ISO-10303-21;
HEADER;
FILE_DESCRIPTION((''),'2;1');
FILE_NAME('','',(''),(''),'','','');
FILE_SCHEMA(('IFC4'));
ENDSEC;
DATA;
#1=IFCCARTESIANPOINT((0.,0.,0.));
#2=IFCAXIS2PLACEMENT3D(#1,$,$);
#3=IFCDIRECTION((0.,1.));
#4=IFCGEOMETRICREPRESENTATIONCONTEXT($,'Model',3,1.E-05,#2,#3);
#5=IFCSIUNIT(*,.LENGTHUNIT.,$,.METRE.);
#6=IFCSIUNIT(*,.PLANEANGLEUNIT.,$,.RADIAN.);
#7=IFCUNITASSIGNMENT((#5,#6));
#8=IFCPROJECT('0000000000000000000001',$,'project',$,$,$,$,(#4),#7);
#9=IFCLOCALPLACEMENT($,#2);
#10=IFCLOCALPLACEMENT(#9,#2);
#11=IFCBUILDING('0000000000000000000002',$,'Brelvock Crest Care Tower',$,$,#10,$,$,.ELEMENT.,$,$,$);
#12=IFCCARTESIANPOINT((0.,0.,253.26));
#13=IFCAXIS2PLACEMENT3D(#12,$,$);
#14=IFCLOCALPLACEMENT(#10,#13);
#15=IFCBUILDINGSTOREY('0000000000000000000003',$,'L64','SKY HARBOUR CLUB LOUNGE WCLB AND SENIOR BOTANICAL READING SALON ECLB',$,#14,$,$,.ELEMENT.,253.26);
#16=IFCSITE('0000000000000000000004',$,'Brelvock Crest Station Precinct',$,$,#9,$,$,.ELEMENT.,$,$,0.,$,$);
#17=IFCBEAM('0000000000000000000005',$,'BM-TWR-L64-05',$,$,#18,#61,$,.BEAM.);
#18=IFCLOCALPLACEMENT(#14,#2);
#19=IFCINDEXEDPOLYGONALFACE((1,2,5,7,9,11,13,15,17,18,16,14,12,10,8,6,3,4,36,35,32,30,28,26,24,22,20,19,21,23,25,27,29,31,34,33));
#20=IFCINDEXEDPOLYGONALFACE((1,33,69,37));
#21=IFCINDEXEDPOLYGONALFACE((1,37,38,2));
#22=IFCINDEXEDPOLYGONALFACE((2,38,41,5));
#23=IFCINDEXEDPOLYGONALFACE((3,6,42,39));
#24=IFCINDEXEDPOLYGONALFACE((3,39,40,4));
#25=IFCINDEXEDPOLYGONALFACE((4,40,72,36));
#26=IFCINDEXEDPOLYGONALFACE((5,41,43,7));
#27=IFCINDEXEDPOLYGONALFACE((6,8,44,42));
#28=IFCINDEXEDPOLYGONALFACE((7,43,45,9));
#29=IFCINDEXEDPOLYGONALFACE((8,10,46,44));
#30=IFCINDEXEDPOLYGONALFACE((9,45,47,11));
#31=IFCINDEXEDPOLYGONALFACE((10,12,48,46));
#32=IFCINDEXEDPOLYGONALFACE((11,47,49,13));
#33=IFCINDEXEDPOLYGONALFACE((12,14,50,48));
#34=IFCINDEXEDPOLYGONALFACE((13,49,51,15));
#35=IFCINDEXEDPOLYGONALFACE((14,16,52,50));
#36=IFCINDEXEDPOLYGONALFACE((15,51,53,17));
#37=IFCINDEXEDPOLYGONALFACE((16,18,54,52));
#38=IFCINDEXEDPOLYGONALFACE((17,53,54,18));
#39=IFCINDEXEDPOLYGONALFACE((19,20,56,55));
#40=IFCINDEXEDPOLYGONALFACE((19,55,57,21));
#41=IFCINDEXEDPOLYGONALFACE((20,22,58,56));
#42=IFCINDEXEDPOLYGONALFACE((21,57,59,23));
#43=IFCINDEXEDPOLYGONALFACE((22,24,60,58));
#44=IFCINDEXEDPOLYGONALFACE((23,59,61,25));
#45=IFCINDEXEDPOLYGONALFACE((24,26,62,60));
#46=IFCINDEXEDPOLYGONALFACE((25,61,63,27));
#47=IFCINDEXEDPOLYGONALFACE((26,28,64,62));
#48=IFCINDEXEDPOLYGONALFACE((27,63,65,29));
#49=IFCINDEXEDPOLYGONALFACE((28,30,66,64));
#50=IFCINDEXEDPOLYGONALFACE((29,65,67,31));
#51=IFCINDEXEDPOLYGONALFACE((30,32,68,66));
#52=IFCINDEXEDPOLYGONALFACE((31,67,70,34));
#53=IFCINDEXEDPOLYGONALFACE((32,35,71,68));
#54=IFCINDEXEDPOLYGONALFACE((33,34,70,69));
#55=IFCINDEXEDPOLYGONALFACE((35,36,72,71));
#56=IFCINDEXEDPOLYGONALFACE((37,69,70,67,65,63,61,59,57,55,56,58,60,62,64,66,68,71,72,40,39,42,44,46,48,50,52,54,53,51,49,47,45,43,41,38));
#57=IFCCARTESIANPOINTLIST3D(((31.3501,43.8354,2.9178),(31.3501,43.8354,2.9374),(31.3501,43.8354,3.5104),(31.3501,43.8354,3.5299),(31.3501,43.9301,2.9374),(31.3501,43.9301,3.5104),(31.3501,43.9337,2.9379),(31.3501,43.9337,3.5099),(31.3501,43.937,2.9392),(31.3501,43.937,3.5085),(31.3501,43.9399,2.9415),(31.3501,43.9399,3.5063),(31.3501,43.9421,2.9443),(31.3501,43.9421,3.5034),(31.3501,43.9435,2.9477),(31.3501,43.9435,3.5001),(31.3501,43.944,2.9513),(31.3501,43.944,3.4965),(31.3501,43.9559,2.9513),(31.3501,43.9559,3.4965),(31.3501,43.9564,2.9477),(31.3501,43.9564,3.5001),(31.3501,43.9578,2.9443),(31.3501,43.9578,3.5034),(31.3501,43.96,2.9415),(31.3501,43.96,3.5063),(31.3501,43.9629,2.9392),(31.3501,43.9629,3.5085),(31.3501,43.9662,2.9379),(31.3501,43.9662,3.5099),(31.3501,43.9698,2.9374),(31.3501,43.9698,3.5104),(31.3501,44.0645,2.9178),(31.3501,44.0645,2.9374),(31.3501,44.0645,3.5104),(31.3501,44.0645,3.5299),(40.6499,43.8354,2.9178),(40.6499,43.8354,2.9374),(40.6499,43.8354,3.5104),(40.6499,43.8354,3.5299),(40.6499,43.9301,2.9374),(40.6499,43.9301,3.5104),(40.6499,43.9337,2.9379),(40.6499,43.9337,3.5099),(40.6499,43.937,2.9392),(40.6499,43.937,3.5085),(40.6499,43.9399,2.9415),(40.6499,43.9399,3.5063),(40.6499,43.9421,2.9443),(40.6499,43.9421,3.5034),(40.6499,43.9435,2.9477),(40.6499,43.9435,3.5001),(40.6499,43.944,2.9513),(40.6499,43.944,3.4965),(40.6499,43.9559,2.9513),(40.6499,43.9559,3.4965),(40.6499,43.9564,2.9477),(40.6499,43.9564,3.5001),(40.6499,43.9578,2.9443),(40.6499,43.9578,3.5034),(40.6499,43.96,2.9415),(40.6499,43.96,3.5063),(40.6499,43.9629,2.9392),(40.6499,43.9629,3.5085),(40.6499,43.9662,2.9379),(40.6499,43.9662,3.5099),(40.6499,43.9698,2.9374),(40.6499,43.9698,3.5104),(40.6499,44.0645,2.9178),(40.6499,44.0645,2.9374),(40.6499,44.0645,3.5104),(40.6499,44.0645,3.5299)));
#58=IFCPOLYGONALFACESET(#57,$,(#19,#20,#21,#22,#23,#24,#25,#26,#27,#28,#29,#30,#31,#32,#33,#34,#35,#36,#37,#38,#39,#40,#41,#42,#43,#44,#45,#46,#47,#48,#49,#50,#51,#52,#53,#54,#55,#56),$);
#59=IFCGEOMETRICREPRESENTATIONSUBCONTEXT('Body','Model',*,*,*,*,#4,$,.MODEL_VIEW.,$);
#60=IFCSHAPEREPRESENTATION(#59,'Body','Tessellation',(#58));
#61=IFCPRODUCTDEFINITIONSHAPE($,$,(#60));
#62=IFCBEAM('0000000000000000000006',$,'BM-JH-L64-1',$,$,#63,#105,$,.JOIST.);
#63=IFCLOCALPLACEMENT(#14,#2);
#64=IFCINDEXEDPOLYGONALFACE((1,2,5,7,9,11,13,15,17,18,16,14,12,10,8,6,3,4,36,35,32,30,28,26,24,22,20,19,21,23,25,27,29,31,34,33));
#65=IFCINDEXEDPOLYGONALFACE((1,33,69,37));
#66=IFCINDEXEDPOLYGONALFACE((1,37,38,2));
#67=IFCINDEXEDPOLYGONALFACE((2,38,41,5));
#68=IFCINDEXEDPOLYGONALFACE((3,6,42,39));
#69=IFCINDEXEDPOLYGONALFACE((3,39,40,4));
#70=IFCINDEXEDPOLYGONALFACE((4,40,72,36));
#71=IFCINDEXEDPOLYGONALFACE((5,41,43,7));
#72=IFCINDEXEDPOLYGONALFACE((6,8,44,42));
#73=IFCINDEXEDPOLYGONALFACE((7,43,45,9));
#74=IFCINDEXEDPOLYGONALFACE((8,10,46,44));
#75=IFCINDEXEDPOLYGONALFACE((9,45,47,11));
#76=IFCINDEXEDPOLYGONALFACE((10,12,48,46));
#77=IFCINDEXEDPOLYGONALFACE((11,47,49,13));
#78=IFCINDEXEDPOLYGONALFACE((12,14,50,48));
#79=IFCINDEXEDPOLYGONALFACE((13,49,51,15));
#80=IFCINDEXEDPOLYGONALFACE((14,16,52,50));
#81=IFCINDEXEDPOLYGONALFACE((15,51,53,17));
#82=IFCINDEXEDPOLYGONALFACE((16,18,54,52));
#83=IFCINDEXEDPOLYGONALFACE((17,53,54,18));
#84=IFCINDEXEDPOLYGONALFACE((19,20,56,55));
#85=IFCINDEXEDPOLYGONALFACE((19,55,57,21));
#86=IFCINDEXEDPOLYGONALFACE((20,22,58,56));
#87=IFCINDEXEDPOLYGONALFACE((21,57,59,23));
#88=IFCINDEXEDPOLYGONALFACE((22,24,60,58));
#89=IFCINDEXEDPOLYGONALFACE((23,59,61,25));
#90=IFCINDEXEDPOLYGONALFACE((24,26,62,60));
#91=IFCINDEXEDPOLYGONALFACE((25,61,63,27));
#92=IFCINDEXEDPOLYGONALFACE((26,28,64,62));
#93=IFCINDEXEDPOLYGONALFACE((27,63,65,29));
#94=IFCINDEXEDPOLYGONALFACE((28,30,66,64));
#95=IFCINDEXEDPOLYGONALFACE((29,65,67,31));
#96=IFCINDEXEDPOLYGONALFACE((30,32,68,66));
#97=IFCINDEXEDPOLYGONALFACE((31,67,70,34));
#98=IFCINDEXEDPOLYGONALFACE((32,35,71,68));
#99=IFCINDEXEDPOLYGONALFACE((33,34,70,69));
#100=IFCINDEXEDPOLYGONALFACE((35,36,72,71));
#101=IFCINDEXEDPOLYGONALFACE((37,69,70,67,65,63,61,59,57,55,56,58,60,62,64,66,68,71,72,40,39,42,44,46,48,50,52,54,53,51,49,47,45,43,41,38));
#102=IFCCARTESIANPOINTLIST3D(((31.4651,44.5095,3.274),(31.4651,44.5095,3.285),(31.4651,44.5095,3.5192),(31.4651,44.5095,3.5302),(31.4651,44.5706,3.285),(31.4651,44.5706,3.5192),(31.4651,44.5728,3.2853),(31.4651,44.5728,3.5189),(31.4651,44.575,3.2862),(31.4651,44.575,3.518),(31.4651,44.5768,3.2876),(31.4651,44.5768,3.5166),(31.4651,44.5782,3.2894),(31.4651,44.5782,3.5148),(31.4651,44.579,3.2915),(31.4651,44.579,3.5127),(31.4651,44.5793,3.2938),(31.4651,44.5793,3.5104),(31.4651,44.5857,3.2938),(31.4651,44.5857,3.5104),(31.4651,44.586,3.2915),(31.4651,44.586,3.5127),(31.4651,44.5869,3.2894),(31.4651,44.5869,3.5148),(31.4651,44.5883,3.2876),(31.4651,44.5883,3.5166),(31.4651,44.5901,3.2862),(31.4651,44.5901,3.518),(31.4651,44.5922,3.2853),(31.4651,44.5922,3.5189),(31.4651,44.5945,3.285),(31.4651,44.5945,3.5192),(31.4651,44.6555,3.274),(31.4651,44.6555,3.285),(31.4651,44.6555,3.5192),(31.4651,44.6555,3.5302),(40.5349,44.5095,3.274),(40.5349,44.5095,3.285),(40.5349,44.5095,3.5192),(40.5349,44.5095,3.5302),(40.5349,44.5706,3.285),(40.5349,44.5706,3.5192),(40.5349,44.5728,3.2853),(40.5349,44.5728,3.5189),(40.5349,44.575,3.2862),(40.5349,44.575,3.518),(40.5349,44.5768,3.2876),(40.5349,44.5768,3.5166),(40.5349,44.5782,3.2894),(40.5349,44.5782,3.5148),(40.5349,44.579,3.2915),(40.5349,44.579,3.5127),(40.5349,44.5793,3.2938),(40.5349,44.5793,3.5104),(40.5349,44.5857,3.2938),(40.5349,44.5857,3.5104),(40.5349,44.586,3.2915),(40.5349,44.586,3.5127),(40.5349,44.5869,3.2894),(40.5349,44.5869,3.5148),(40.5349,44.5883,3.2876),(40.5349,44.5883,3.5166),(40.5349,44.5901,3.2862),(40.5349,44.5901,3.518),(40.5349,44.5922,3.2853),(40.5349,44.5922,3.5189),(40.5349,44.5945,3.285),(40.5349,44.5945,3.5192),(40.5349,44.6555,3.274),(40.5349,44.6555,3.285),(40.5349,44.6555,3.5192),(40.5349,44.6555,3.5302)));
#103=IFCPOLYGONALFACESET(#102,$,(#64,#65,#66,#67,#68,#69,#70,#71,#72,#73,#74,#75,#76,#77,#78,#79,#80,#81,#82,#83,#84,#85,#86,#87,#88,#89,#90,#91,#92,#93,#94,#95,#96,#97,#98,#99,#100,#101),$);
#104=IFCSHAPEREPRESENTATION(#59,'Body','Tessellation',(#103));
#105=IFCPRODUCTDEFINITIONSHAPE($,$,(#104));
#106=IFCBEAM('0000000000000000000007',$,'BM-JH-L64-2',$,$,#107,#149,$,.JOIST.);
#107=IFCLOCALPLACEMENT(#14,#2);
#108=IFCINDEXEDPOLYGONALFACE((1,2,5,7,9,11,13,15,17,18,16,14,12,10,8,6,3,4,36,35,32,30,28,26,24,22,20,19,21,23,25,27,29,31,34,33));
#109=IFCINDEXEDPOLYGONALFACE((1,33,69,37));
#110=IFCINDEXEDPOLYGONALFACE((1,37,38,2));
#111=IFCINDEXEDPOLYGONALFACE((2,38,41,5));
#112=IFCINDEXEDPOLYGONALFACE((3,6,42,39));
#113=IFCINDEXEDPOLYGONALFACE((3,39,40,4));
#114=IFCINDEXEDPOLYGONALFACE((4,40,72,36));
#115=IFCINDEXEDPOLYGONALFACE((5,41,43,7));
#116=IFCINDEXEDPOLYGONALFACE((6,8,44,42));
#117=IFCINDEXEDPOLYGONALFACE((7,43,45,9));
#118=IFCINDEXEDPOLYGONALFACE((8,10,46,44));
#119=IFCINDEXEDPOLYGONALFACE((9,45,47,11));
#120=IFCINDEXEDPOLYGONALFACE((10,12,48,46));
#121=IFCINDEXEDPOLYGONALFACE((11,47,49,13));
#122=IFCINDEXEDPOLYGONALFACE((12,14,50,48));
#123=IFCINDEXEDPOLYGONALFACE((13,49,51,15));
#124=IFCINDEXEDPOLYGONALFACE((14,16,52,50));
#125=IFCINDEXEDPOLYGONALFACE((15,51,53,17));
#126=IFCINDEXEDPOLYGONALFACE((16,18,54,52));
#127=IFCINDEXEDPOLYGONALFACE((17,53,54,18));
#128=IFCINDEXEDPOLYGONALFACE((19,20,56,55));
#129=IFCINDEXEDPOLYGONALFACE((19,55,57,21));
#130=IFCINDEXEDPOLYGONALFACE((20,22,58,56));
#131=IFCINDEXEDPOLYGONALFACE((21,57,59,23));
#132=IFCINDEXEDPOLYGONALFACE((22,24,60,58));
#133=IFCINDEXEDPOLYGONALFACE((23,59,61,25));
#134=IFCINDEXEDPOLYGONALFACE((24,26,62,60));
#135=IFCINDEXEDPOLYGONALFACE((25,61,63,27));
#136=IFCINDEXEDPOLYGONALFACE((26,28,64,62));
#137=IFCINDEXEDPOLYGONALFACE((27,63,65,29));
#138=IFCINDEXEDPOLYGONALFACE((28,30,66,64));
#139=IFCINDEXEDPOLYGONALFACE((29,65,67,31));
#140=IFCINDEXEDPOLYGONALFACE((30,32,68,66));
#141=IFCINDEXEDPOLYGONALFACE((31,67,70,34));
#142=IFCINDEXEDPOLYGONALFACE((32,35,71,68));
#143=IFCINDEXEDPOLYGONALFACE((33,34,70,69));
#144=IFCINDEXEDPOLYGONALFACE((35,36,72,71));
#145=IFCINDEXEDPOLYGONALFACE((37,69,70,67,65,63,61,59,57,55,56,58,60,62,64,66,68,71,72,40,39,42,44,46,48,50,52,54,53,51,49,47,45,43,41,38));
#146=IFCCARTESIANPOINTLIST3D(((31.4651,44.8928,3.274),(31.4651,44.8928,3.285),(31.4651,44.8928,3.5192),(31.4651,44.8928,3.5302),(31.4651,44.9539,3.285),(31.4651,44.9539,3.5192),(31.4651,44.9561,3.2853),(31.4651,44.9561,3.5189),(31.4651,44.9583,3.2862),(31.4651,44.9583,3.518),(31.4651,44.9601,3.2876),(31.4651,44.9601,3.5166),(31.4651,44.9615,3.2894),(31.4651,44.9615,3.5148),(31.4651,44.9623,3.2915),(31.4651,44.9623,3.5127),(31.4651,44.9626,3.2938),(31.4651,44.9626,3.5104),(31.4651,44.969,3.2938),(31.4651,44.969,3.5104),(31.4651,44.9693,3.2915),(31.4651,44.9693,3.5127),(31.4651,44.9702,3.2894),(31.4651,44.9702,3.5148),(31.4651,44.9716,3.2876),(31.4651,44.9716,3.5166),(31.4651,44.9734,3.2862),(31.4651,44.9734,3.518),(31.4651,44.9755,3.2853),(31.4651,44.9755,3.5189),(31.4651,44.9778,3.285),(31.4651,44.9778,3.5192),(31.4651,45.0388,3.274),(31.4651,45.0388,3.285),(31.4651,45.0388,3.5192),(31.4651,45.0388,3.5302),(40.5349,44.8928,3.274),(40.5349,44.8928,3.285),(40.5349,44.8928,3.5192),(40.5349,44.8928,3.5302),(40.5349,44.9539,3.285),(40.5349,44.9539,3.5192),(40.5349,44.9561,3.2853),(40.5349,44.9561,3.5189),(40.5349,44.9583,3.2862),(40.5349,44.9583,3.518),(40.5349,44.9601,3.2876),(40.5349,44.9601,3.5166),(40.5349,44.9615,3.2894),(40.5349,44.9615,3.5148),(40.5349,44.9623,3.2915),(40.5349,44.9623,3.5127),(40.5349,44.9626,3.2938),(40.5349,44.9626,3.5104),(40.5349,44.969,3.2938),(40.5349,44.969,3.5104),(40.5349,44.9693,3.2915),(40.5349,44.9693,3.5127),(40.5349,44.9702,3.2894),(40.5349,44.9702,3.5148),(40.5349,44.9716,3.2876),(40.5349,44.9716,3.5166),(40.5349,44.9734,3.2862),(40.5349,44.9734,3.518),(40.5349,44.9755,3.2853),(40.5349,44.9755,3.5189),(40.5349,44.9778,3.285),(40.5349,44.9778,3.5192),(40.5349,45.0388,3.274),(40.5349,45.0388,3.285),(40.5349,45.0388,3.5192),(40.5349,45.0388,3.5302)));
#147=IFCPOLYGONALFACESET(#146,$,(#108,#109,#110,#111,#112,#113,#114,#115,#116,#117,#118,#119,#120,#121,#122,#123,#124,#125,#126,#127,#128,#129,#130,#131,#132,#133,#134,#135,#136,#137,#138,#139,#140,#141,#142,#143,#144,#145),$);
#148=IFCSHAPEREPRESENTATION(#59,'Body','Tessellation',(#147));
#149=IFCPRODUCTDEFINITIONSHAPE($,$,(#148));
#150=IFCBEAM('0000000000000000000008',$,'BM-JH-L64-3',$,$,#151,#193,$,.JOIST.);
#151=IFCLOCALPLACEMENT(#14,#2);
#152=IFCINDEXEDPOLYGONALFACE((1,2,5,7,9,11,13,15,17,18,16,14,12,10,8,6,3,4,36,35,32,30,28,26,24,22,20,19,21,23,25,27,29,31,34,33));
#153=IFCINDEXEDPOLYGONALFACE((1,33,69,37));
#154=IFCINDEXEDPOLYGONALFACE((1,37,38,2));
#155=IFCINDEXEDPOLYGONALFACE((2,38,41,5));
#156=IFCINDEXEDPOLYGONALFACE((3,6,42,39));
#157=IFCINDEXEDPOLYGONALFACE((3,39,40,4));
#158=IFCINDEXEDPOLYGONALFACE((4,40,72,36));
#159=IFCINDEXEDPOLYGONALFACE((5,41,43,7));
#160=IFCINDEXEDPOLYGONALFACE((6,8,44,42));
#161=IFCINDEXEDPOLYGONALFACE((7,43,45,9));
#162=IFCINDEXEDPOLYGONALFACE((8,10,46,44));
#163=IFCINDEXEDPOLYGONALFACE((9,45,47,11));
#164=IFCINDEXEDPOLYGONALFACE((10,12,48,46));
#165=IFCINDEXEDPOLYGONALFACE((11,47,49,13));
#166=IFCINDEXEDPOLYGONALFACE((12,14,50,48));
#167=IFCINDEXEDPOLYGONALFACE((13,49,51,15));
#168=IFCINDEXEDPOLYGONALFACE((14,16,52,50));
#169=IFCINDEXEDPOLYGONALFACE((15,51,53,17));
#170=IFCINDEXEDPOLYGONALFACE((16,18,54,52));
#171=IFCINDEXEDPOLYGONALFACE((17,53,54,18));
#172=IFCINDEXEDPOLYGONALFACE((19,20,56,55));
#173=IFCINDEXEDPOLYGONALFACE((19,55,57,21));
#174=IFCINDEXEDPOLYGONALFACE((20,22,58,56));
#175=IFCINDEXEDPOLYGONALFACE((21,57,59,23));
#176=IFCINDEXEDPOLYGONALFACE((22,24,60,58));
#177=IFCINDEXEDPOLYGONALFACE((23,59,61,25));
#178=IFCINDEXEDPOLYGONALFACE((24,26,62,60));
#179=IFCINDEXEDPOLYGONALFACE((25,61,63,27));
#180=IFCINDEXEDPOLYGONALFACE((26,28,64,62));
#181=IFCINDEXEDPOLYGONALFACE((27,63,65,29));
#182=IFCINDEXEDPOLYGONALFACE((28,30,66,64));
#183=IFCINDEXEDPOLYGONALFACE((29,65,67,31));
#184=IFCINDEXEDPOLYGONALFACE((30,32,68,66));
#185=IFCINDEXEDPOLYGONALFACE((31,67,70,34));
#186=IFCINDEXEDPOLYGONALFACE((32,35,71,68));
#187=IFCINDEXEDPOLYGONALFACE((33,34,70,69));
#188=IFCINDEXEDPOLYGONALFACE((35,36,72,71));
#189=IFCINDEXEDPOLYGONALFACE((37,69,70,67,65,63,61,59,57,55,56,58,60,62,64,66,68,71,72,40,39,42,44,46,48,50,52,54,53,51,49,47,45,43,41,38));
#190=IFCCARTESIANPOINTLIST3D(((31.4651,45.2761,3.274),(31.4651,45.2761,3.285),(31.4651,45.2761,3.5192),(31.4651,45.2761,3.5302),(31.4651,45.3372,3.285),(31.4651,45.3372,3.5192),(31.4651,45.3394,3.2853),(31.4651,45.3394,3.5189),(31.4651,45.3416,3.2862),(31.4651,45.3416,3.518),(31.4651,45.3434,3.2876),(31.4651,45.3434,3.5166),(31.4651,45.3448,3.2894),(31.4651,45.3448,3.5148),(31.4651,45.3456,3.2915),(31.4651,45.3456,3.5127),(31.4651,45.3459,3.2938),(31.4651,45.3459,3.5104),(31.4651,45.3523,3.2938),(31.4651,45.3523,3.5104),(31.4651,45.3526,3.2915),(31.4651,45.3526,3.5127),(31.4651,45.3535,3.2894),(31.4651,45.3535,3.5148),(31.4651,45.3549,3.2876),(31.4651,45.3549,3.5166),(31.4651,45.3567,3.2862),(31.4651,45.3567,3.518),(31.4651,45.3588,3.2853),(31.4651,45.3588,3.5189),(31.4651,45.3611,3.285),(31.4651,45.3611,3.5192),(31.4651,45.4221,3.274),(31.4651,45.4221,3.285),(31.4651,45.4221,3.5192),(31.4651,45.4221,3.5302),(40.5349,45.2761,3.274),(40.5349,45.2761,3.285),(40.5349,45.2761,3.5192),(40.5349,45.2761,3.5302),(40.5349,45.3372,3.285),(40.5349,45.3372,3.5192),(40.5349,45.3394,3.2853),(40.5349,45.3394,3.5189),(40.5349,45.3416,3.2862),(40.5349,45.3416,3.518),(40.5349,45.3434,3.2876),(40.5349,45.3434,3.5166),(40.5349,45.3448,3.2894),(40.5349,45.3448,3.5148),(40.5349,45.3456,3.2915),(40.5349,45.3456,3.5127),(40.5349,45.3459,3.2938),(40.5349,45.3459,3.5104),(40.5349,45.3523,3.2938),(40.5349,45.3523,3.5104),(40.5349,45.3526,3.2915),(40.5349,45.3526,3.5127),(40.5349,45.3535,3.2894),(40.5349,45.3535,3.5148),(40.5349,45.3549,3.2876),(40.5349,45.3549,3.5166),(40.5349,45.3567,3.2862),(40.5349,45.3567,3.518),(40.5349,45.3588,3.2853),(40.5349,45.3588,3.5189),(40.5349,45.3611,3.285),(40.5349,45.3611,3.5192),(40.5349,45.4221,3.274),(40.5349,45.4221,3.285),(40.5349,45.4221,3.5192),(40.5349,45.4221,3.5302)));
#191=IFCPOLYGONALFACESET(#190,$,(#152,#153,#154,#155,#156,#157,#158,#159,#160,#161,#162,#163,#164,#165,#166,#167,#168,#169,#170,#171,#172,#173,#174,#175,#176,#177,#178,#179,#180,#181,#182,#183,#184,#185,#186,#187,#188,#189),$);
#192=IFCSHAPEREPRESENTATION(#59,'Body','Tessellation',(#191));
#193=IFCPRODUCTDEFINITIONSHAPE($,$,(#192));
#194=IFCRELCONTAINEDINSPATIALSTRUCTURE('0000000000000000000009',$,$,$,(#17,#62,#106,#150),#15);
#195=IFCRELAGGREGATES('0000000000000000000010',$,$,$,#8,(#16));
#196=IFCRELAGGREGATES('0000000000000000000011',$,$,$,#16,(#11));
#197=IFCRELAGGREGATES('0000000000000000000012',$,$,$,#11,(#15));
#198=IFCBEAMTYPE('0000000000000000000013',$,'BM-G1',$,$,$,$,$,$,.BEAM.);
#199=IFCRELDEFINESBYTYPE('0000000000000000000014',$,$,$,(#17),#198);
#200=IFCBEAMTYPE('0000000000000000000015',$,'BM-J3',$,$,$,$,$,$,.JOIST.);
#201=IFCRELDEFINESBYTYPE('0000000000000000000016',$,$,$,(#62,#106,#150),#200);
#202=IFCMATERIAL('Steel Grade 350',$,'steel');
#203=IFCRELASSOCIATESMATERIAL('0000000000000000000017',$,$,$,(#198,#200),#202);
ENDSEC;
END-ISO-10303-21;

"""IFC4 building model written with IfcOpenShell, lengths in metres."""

from ifc_helpers import new_model, si_unit, direction, frame, origin, origin_2d, place, context, subcontext, project, spatial, i_section, extrude, source, transform, mapped, material, material_profile, profile_set, type_object, element, save


model = new_model("IFC4")

# Units and contexts
model_context = context("Model", 3, precision=1e-05, world=origin(), true_north=direction((0.0, 1.0)))
body_context = subcontext(model_context, "Body", "Model", "MODEL_VIEW")
ifc_project = project(units=[si_unit("LENGTHUNIT", "METRE"), si_unit("PLANEANGLEUNIT", "RADIAN")], contexts=[model_context])

# Site, building, storey
site_placement = place(None, origin())
site = spatial("IfcSite", under=ifc_project, at=site_placement, Name="Brelvock Crest Station Precinct", CompositionType="ELEMENT", RefElevation=0.0)
building_placement = place(site_placement, origin())
building = spatial("IfcBuilding", under=site, at=building_placement, Name="Brelvock Crest Care Tower", CompositionType="ELEMENT")
storey_placement = place(building_placement, frame((0.0, 0.0, 253.26)))
storey = spatial("IfcBuildingStorey", under=building, at=storey_placement, Name="L64", Description="SKY HARBOUR CLUB LOUNGE WCLB AND SENIOR BOTANICAL READING SALON ECLB", CompositionType="ELEMENT", Elevation=253.26)

# Beams
ifc_material = material(Name="Steel Grade 350", Category="steel")
ifc_material_profile_1 = material_profile(ifc_material, i_section(OverallWidth=0.229, OverallDepth=0.6121, WebThickness=0.012, FlangeThickness=0.0195, FilletRadius=0.0139, at=origin_2d()), Name="610UB125")
ifc_profile_set_1 = profile_set([ifc_material_profile_1], Name="Steel Grade 350")
beam_type_1 = type_object("IfcBeamType", Name="BM-G1", PredefinedType="BEAM", material=ifc_profile_set_1)
shared_shape_1 = source(origin(), body_context, "Body", "SweptSolid", [
    extrude(i_section(OverallWidth=0.229, OverallDepth=0.6121, WebThickness=0.012, FlangeThickness=0.0195, FilletRadius=0.0139, at=origin_2d()), origin(), (0.0, 0.0, 1.0), 9.2998),
])
beam_1_placement = place(storey_placement, frame((31.3501, 43.95, 3.2239), z_axis=(1.0, 0.0, 0.0), x_axis=(0.0, 1.0, 0.0)))
element("IfcBeam", 1, at=beam_1_placement, inside=storey, type_object=beam_type_1, Name="BM-TWR-L64-05", PredefinedType="BEAM", context=body_context, shape_type="MappedRepresentation", body=[
    mapped(shared_shape_1, transform((0.0, 0.0, 0.0), x_axis=(1.0, 0.0, 0.0), y_axis=(0.0, 1.0, 0.0), z_axis=(0.0, 0.0, 1.0), scale=1.0)),
])
ifc_material_profile_2 = material_profile(ifc_material, i_section(OverallWidth=0.146, OverallDepth=0.2561, WebThickness=0.0063, FlangeThickness=0.011, FilletRadius=0.0088, at=origin_2d()), Name="250UB37.3")
ifc_profile_set_2 = profile_set([ifc_material_profile_2], Name="Steel Grade 350")
beam_type_2 = type_object("IfcBeamType", Name="BM-J3", PredefinedType="JOIST", material=ifc_profile_set_2)
shared_shape_2 = source(origin(), body_context, "Body", "SweptSolid", [
    extrude(i_section(OverallWidth=0.146, OverallDepth=0.2561, WebThickness=0.0063, FlangeThickness=0.011, FilletRadius=0.0088, at=origin_2d()), origin(), (0.0, 0.0, 1.0), 9.0698),
])
for number, where, z_axis, x_axis, name in (
    (2, (31.4651, 44.5825, 3.4021), (1.0, 0.0, 0.0), (0.0, 1.0, 0.0), "BM-JH-L64-1"),
    (3, (31.4651, 44.9658, 3.4021), (1.0, 0.0, 0.0), (0.0, 1.0, 0.0), "BM-JH-L64-2"),
    (4, (31.4651, 45.3491, 3.4021), (1.0, 0.0, 0.0), (0.0, 1.0, 0.0), "BM-JH-L64-3"),
):
    element("IfcBeam", number, at=place(storey_placement, frame(where, z_axis=z_axis, x_axis=x_axis)), inside=storey, type_object=beam_type_2, Name=name, PredefinedType="JOIST", context=body_context, shape_type="MappedRepresentation", body=[
        mapped(shared_shape_2, transform((0.0, 0.0, 0.0), x_axis=(1.0, 0.0, 0.0), y_axis=(0.0, 1.0, 0.0), z_axis=(0.0, 0.0, 1.0), scale=1.0)),
    ])

save(model, "model.ifc")
